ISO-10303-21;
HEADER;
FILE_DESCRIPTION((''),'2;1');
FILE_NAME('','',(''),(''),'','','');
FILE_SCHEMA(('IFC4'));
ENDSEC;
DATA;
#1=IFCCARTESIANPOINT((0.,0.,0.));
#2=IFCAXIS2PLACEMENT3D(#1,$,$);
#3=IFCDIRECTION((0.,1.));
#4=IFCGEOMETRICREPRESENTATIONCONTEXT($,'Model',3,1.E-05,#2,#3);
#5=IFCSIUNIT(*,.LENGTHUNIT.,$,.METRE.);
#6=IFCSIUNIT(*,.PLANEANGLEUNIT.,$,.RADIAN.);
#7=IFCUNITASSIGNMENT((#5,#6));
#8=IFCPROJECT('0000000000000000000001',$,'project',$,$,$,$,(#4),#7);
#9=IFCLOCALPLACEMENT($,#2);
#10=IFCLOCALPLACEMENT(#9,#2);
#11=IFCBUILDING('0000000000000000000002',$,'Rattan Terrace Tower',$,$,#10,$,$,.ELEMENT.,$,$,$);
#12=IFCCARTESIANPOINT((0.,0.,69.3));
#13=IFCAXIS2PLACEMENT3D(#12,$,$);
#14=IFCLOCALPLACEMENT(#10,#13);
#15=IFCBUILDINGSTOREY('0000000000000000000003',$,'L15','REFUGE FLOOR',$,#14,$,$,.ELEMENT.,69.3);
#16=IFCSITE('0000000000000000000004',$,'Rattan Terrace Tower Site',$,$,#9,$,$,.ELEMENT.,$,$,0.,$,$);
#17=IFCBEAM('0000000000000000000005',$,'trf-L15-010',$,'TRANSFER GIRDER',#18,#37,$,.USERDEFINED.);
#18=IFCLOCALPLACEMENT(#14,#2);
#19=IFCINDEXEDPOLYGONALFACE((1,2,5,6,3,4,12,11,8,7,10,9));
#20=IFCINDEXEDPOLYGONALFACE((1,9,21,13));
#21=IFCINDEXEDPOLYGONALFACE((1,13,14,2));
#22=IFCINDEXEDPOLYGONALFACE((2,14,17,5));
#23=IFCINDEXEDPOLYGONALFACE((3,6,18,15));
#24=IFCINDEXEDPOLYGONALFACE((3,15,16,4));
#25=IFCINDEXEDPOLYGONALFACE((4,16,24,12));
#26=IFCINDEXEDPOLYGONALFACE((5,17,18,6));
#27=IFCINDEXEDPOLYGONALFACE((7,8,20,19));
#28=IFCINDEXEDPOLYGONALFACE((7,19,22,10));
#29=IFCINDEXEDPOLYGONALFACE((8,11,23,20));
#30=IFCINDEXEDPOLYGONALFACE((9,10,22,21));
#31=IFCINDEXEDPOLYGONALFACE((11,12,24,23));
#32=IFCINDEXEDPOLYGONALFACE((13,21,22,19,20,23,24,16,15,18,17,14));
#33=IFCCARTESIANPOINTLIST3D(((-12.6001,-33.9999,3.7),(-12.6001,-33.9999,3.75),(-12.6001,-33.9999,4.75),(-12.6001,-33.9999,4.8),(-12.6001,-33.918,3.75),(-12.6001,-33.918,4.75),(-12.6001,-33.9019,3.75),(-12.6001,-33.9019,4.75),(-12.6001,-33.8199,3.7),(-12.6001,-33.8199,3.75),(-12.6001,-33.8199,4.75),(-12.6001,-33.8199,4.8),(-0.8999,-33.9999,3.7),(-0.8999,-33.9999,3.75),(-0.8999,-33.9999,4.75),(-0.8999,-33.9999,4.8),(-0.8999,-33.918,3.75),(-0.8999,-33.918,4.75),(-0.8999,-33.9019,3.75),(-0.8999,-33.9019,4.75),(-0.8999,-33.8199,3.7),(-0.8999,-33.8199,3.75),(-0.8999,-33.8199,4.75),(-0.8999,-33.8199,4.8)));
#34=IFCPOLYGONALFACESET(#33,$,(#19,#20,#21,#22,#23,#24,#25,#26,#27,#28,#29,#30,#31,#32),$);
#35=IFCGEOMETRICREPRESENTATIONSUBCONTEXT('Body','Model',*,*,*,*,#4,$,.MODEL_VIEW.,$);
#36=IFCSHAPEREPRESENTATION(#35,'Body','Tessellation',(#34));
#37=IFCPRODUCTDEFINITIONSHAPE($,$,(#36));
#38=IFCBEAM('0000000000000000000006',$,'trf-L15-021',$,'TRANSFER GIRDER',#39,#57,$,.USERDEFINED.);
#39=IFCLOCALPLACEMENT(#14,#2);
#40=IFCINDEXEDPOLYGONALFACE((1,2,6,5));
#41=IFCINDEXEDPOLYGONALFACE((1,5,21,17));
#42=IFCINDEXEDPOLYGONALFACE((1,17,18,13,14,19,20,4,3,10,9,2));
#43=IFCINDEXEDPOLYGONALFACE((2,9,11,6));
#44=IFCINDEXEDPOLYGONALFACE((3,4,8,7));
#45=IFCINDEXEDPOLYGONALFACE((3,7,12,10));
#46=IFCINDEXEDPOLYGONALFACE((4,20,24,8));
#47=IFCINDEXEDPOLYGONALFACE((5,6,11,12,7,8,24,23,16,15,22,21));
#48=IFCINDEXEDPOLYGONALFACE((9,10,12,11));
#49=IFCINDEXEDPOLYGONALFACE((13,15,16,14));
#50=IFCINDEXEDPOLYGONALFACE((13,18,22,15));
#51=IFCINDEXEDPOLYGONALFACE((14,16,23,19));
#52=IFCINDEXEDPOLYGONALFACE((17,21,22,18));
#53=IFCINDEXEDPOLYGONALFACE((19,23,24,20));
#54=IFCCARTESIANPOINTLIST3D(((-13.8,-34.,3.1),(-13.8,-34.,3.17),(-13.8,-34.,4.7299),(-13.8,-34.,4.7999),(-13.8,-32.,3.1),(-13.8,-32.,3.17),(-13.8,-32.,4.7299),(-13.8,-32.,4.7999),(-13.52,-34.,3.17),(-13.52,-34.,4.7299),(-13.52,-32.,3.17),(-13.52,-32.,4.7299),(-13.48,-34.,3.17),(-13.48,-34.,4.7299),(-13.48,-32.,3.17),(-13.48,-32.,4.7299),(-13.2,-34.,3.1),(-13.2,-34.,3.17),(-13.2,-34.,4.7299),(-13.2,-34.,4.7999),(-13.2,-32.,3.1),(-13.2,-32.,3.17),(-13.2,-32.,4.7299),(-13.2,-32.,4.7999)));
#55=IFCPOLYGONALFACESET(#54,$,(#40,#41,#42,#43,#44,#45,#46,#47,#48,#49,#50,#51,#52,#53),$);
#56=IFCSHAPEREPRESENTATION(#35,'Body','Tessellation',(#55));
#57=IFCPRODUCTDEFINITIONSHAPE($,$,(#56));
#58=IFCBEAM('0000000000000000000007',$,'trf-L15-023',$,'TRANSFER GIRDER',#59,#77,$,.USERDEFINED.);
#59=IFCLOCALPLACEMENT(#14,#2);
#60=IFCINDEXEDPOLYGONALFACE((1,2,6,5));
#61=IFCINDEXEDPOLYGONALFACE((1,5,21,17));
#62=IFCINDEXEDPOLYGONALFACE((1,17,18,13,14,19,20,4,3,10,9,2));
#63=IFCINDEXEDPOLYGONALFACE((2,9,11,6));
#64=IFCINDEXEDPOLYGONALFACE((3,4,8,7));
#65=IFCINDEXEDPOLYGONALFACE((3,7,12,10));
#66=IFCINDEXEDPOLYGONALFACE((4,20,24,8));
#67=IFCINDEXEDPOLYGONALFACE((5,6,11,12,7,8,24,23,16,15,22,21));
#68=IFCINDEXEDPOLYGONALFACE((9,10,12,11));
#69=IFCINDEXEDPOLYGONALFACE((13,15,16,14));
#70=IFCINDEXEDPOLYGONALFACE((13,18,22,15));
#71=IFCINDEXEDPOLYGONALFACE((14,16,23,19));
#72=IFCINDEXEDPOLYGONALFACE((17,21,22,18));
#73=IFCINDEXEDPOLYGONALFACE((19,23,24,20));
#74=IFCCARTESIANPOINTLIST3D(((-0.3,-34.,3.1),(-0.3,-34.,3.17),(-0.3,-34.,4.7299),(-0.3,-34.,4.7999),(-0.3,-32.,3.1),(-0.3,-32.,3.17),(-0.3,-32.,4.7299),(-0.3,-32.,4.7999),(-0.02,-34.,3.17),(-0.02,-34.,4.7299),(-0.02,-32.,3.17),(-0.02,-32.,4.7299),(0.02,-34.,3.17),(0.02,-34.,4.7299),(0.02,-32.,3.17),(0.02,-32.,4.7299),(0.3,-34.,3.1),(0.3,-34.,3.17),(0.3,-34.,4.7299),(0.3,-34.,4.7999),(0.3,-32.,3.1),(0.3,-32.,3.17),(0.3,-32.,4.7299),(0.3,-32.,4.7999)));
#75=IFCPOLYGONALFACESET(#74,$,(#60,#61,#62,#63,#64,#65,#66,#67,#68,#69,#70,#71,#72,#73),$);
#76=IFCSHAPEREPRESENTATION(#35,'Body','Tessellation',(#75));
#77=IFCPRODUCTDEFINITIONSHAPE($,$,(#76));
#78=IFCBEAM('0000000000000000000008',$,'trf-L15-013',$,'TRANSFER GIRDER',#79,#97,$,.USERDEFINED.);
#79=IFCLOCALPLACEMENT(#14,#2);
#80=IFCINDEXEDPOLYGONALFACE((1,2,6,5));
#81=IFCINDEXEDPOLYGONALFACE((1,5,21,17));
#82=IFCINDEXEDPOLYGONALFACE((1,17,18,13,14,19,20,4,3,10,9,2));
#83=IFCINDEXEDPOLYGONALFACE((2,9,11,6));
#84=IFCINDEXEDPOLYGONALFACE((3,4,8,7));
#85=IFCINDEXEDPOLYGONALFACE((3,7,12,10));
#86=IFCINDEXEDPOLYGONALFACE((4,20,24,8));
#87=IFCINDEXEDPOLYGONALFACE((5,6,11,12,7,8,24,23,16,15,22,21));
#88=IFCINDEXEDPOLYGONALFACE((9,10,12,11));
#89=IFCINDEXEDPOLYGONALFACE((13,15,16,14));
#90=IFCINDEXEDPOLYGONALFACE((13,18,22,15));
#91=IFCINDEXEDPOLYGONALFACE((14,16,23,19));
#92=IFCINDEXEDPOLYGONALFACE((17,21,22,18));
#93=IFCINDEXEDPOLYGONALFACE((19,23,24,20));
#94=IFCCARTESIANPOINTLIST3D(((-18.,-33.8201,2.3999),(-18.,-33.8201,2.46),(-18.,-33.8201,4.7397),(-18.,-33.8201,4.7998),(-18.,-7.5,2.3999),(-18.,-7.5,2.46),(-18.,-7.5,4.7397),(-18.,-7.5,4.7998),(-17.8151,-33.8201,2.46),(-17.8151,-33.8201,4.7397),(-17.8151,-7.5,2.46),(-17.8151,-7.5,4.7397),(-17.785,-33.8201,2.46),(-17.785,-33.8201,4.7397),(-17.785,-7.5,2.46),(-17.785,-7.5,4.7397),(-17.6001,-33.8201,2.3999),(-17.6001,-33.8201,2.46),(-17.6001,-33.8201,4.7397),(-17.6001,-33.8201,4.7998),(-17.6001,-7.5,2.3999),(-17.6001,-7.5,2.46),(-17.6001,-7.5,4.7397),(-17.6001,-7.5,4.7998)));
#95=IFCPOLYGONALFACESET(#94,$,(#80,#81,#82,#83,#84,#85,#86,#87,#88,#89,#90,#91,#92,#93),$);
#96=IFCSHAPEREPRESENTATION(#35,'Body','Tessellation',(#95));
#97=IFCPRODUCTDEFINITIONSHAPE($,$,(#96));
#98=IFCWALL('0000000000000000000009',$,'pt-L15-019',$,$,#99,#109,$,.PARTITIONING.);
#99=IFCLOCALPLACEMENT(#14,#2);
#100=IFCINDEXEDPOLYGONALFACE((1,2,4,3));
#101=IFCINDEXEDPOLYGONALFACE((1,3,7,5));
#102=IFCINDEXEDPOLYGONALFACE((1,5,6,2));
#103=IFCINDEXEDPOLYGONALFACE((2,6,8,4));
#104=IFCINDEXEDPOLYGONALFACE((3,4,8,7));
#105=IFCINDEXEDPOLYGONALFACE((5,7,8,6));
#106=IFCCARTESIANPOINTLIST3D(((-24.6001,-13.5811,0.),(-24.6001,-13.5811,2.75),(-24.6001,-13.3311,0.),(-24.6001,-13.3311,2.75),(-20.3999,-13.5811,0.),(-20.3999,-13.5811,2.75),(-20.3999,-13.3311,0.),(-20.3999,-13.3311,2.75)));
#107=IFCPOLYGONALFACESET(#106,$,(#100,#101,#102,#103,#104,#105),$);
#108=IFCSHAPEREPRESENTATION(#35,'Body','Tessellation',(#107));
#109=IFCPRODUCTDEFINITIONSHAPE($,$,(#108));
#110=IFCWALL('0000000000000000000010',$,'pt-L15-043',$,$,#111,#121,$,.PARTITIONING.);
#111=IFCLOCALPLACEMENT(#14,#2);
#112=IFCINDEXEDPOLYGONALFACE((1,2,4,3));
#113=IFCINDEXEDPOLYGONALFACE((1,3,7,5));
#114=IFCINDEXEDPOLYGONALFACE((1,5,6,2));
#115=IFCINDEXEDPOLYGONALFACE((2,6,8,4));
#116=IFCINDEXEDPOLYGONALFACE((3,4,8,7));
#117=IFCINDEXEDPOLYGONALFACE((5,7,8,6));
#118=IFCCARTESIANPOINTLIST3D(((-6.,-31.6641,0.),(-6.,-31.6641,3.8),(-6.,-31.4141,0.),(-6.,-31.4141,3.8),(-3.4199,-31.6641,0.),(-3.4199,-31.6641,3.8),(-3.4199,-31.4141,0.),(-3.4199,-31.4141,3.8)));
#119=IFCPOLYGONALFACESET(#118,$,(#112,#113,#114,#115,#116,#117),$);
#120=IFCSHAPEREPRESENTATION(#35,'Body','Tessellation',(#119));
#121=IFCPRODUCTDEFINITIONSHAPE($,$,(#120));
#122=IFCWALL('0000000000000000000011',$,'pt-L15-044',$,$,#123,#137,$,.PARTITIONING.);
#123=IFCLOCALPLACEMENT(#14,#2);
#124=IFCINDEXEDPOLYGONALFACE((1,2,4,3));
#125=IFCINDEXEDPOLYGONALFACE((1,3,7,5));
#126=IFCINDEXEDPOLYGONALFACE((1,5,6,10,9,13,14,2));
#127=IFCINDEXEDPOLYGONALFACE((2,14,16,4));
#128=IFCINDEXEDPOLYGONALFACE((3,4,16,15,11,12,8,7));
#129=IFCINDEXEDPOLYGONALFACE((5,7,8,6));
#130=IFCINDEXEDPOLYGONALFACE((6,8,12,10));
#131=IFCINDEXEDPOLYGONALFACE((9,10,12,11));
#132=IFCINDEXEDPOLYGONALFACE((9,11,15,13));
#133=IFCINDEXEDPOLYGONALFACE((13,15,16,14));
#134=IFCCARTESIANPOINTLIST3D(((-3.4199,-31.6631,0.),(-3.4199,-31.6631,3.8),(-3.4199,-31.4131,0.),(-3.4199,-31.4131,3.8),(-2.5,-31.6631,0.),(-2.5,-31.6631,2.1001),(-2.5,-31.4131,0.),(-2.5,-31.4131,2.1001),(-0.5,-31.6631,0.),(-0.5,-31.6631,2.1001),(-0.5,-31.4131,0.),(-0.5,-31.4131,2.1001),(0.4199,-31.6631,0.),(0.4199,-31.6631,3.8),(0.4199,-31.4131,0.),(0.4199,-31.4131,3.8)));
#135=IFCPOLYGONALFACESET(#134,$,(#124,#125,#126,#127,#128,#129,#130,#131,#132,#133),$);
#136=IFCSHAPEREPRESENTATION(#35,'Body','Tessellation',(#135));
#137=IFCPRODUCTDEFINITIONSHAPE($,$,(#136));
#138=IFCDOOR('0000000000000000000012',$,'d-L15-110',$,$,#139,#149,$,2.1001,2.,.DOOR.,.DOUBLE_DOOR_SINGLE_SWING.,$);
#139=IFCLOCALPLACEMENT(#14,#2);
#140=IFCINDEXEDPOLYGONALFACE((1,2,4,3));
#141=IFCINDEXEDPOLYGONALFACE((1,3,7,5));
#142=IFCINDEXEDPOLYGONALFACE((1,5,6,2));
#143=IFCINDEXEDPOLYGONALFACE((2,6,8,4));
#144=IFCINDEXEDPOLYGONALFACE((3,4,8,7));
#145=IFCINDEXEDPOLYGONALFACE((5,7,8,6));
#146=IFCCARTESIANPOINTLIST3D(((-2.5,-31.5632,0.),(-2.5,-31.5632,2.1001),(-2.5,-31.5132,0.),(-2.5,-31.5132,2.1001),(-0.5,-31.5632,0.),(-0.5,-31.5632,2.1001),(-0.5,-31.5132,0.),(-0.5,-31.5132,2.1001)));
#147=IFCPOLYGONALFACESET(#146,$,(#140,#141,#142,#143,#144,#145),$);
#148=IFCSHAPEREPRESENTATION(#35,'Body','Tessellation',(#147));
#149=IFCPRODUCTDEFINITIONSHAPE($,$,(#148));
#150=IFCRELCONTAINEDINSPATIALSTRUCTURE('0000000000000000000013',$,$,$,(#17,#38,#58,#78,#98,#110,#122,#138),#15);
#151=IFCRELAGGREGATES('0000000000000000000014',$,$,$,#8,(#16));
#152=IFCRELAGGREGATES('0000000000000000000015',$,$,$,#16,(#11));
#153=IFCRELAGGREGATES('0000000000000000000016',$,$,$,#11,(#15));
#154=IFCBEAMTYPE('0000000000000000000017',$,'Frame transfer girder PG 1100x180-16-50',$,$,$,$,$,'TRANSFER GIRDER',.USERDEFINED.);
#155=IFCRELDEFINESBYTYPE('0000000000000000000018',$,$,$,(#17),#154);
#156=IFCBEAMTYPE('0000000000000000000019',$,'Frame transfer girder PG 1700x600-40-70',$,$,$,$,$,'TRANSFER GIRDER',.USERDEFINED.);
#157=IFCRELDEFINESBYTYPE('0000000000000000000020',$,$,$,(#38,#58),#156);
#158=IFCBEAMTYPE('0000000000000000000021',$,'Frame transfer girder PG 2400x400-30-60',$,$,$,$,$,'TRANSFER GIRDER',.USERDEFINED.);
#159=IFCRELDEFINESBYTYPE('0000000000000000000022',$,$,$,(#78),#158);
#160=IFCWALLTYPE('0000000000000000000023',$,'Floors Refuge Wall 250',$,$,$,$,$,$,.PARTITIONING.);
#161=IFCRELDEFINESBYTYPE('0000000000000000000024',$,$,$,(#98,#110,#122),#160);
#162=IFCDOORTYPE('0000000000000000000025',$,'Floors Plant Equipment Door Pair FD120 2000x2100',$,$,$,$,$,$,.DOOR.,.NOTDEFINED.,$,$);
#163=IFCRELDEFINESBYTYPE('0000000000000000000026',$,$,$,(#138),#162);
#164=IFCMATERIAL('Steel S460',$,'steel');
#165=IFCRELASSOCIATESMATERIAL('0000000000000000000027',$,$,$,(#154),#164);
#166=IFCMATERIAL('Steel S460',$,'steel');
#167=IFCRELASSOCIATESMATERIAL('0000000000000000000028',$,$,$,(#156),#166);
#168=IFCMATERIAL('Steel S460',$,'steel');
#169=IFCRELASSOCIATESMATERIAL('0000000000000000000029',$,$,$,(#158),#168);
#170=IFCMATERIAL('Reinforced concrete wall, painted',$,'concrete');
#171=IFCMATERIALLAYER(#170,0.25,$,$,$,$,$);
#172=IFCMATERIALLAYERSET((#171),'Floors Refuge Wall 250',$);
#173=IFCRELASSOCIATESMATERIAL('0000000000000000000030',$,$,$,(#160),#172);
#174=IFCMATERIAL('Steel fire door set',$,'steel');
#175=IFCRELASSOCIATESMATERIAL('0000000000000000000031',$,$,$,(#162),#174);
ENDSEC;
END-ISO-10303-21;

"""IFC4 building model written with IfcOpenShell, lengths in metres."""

from ifc_helpers import new_model, si_unit, direction, frame, frame_2d, origin, origin_2d, place, context, subcontext, project, spatial, rectangle, i_section, extrude, material, layer, layer_set, material_profile, profile_set, type_object, element, fill, save


model = new_model("IFC4")

# Units and contexts
model_context = context("Model", 3, precision=1e-05, world=origin(), true_north=direction((0.0, 1.0)))
body_context = subcontext(model_context, "Body", "Model", "MODEL_VIEW")
ifc_project = project(units=[si_unit("LENGTHUNIT", "METRE"), si_unit("PLANEANGLEUNIT", "RADIAN")], contexts=[model_context])

# Site, building, storey
site_placement = place(None, origin())
site = spatial("IfcSite", under=ifc_project, at=site_placement, Name="Rattan Terrace Tower Site", CompositionType="ELEMENT", RefElevation=0.0)
building_placement = place(site_placement, origin())
building = spatial("IfcBuilding", under=site, at=building_placement, Name="Rattan Terrace Tower", CompositionType="ELEMENT")
storey_placement = place(building_placement, frame((0.0, 0.0, 69.3)))
storey = spatial("IfcBuildingStorey", under=building, at=storey_placement, Name="L15", Description="REFUGE FLOOR", CompositionType="ELEMENT", Elevation=69.3)

# Beams
ifc_material_1 = material(Name="Steel S460", Category="steel")
ifc_material_profile_1 = material_profile(ifc_material_1, i_section(OverallWidth=0.1799, OverallDepth=1.1001, WebThickness=0.0161, FlangeThickness=0.05, at=origin_2d()), Name="PG 1100x180-16-50")
ifc_profile_set_1 = profile_set([ifc_material_profile_1], Name="Steel S460")
beam_type_1 = type_object("IfcBeamType", Name="Frame transfer girder PG 1100x180-16-50", ElementType="TRANSFER GIRDER", PredefinedType="USERDEFINED", material=ifc_profile_set_1)
beam_1_placement = place(storey_placement, frame((-12.6001, -33.9099, 4.25), z_axis=(1.0, 0.0, 0.0), x_axis=(0.0, 1.0, 0.0)))
element("IfcBeam", 1, at=beam_1_placement, inside=storey, type_object=beam_type_1, Name="trf-L15-010", ObjectType="TRANSFER GIRDER", PredefinedType="USERDEFINED", context=body_context, shape_type="SweptSolid", body=[
    extrude(i_section(OverallWidth=0.1799, OverallDepth=1.1001, WebThickness=0.0161, FlangeThickness=0.05, at=origin_2d()), origin(), (0.0, 0.0, 1.0), 11.7002),
])
ifc_material_2 = material(Name="Steel S460", Category="steel")
ifc_material_profile_2 = material_profile(ifc_material_2, i_section(OverallWidth=0.6001, OverallDepth=1.7, WebThickness=0.04, FlangeThickness=0.0701, at=origin_2d()), Name="PG 1700x600-40-70")
ifc_profile_set_2 = profile_set([ifc_material_profile_2], Name="Steel S460")
beam_type_2 = type_object("IfcBeamType", Name="Frame transfer girder PG 1700x600-40-70", ElementType="TRANSFER GIRDER", PredefinedType="USERDEFINED", material=ifc_profile_set_2)
for number, where, z_axis, x_axis, name in (
    (2, (-13.5, -34.0, 3.95), (0.0, 1.0, 0.0), (-1.0, 0.0, 0.0), "trf-L15-021"),
    (3, (0.0, -34.0, 3.95), (0.0, 1.0, 0.0), (-1.0, 0.0, 0.0), "trf-L15-023"),
):
    element("IfcBeam", number, at=place(storey_placement, frame(where, z_axis=z_axis, x_axis=x_axis)), inside=storey, type_object=beam_type_2, Name=name, ObjectType="TRANSFER GIRDER", PredefinedType="USERDEFINED", context=body_context, shape_type="SweptSolid", body=[
        extrude(i_section(OverallWidth=0.6001, OverallDepth=1.7, WebThickness=0.04, FlangeThickness=0.0701, at=origin_2d()), origin(), (0.0, 0.0, 1.0), 2.0),
    ])
ifc_material_3 = material(Name="Steel S460", Category="steel")
ifc_material_profile_3 = material_profile(ifc_material_3, i_section(OverallWidth=0.3999, OverallDepth=2.3999, WebThickness=0.03, FlangeThickness=0.0601, at=origin_2d()), Name="PG 2400x400-30-60")
ifc_profile_set_3 = profile_set([ifc_material_profile_3], Name="Steel S460")
beam_type_3 = type_object("IfcBeamType", Name="Frame transfer girder PG 2400x400-30-60", ElementType="TRANSFER GIRDER", PredefinedType="USERDEFINED", material=ifc_profile_set_3)
beam_2_placement = place(storey_placement, frame((-17.8, -33.8201, 3.5999), z_axis=(0.0, 1.0, 0.0), x_axis=(-1.0, 0.0, 0.0)))
element("IfcBeam", 4, at=beam_2_placement, inside=storey, type_object=beam_type_3, Name="trf-L15-013", ObjectType="TRANSFER GIRDER", PredefinedType="USERDEFINED", context=body_context, shape_type="SweptSolid", body=[
    extrude(i_section(OverallWidth=0.3999, OverallDepth=2.3999, WebThickness=0.03, FlangeThickness=0.0601, at=origin_2d()), origin(), (0.0, 0.0, 1.0), 26.3201),
])

# Walls
ifc_material_4 = material(Name="Reinforced concrete wall, painted", Category="concrete")
ifc_layer = layer(ifc_material_4, 0.25)
ifc_layer_set = layer_set([ifc_layer], Name="Floors Refuge Wall 250")
wall_type = type_object("IfcWallType", Name="Floors Refuge Wall 250", PredefinedType="PARTITIONING", material=ifc_layer_set)
wall_1_placement = place(storey_placement, frame((-20.3999, -13.4561, 0.0), z_axis=(0.0, 0.0, 1.0), x_axis=(-1.0, 0.0, 0.0)))
element("IfcWall", 5, at=wall_1_placement, inside=storey, type_object=wall_type, Name="pt-L15-019", PredefinedType="PARTITIONING", context=body_context, shape_type="SweptSolid", body=[
    extrude(rectangle(XDim=4.2002, YDim=0.25, at=frame_2d((2.1001, 0.0))), origin(), (0.0, 0.0, 1.0), 2.75),
])
wall_2_placement = place(storey_placement, frame((-3.4199, -31.5391, 0.0), z_axis=(0.0, 0.0, 1.0), x_axis=(-1.0, 0.0, 0.0)))
element("IfcWall", 6, at=wall_2_placement, inside=storey, type_object=wall_type, Name="pt-L15-043", PredefinedType="PARTITIONING", context=body_context, shape_type="SweptSolid", body=[
    extrude(rectangle(XDim=2.5801, YDim=0.25, at=frame_2d((1.29, 0.0))), origin(), (0.0, 0.0, 1.0), 3.8),
])

# Wall, opening, door
wall_3_placement = place(storey_placement, frame((-3.4199, -31.5381, 0.0), z_axis=(0.0, 0.0, 1.0), x_axis=(1.0, 0.0, 0.0)))
wall_3 = element("IfcWall", 7, at=wall_3_placement, inside=storey, type_object=wall_type, Name="pt-L15-044", PredefinedType="PARTITIONING", context=body_context, shape_type="SweptSolid", body=[
    extrude(rectangle(XDim=3.8398, YDim=0.25, at=frame_2d((1.9199, 0.0))), origin(), (0.0, 0.0, 1.0), 3.8),
])
opening_placement = place(wall_3_placement, frame((0.9199, 0.0, 0.0)))
opening = element("IfcOpeningElement", 8, at=opening_placement, cuts=wall_3, PredefinedType="OPENING", context=body_context, shape_type="SweptSolid", body=[
    extrude(rectangle(XDim=2.0, YDim=2.1001, at=frame_2d((1.0, 1.05))), frame((0.0, 0.1355, 0.0), z_axis=(0.0, -1.0, 0.0), x_axis=(1.0, 0.0, 0.0)), (0.0, 0.0, 1.0), 0.271),
])
ifc_material_5 = material(Name="Steel fire door set", Category="steel")
door_type = type_object("IfcDoorType", Name="Floors Plant Equipment Door Pair FD120 2000x2100", OperationType="NOTDEFINED", PredefinedType="DOOR", material=ifc_material_5)
door_placement = place(opening_placement, origin())
door = element("IfcDoor", 9, at=door_placement, inside=storey, type_object=door_type, Name="d-L15-110", OperationType="DOUBLE_DOOR_SINGLE_SWING", OverallHeight=2.1001, OverallWidth=2.0, PredefinedType="DOOR", context=body_context, shape_type="SweptSolid", body=[
    extrude(rectangle(XDim=2.0, YDim=2.1001, at=frame_2d((1.0, 1.05))), frame((0.0, 0.0249, 0.0), z_axis=(0.0, -1.0, 0.0), x_axis=(1.0, 0.0, 0.0)), (0.0, 0.0, 1.0), 0.05),
])
fill(opening, door)

save(model, "model.ifc")
